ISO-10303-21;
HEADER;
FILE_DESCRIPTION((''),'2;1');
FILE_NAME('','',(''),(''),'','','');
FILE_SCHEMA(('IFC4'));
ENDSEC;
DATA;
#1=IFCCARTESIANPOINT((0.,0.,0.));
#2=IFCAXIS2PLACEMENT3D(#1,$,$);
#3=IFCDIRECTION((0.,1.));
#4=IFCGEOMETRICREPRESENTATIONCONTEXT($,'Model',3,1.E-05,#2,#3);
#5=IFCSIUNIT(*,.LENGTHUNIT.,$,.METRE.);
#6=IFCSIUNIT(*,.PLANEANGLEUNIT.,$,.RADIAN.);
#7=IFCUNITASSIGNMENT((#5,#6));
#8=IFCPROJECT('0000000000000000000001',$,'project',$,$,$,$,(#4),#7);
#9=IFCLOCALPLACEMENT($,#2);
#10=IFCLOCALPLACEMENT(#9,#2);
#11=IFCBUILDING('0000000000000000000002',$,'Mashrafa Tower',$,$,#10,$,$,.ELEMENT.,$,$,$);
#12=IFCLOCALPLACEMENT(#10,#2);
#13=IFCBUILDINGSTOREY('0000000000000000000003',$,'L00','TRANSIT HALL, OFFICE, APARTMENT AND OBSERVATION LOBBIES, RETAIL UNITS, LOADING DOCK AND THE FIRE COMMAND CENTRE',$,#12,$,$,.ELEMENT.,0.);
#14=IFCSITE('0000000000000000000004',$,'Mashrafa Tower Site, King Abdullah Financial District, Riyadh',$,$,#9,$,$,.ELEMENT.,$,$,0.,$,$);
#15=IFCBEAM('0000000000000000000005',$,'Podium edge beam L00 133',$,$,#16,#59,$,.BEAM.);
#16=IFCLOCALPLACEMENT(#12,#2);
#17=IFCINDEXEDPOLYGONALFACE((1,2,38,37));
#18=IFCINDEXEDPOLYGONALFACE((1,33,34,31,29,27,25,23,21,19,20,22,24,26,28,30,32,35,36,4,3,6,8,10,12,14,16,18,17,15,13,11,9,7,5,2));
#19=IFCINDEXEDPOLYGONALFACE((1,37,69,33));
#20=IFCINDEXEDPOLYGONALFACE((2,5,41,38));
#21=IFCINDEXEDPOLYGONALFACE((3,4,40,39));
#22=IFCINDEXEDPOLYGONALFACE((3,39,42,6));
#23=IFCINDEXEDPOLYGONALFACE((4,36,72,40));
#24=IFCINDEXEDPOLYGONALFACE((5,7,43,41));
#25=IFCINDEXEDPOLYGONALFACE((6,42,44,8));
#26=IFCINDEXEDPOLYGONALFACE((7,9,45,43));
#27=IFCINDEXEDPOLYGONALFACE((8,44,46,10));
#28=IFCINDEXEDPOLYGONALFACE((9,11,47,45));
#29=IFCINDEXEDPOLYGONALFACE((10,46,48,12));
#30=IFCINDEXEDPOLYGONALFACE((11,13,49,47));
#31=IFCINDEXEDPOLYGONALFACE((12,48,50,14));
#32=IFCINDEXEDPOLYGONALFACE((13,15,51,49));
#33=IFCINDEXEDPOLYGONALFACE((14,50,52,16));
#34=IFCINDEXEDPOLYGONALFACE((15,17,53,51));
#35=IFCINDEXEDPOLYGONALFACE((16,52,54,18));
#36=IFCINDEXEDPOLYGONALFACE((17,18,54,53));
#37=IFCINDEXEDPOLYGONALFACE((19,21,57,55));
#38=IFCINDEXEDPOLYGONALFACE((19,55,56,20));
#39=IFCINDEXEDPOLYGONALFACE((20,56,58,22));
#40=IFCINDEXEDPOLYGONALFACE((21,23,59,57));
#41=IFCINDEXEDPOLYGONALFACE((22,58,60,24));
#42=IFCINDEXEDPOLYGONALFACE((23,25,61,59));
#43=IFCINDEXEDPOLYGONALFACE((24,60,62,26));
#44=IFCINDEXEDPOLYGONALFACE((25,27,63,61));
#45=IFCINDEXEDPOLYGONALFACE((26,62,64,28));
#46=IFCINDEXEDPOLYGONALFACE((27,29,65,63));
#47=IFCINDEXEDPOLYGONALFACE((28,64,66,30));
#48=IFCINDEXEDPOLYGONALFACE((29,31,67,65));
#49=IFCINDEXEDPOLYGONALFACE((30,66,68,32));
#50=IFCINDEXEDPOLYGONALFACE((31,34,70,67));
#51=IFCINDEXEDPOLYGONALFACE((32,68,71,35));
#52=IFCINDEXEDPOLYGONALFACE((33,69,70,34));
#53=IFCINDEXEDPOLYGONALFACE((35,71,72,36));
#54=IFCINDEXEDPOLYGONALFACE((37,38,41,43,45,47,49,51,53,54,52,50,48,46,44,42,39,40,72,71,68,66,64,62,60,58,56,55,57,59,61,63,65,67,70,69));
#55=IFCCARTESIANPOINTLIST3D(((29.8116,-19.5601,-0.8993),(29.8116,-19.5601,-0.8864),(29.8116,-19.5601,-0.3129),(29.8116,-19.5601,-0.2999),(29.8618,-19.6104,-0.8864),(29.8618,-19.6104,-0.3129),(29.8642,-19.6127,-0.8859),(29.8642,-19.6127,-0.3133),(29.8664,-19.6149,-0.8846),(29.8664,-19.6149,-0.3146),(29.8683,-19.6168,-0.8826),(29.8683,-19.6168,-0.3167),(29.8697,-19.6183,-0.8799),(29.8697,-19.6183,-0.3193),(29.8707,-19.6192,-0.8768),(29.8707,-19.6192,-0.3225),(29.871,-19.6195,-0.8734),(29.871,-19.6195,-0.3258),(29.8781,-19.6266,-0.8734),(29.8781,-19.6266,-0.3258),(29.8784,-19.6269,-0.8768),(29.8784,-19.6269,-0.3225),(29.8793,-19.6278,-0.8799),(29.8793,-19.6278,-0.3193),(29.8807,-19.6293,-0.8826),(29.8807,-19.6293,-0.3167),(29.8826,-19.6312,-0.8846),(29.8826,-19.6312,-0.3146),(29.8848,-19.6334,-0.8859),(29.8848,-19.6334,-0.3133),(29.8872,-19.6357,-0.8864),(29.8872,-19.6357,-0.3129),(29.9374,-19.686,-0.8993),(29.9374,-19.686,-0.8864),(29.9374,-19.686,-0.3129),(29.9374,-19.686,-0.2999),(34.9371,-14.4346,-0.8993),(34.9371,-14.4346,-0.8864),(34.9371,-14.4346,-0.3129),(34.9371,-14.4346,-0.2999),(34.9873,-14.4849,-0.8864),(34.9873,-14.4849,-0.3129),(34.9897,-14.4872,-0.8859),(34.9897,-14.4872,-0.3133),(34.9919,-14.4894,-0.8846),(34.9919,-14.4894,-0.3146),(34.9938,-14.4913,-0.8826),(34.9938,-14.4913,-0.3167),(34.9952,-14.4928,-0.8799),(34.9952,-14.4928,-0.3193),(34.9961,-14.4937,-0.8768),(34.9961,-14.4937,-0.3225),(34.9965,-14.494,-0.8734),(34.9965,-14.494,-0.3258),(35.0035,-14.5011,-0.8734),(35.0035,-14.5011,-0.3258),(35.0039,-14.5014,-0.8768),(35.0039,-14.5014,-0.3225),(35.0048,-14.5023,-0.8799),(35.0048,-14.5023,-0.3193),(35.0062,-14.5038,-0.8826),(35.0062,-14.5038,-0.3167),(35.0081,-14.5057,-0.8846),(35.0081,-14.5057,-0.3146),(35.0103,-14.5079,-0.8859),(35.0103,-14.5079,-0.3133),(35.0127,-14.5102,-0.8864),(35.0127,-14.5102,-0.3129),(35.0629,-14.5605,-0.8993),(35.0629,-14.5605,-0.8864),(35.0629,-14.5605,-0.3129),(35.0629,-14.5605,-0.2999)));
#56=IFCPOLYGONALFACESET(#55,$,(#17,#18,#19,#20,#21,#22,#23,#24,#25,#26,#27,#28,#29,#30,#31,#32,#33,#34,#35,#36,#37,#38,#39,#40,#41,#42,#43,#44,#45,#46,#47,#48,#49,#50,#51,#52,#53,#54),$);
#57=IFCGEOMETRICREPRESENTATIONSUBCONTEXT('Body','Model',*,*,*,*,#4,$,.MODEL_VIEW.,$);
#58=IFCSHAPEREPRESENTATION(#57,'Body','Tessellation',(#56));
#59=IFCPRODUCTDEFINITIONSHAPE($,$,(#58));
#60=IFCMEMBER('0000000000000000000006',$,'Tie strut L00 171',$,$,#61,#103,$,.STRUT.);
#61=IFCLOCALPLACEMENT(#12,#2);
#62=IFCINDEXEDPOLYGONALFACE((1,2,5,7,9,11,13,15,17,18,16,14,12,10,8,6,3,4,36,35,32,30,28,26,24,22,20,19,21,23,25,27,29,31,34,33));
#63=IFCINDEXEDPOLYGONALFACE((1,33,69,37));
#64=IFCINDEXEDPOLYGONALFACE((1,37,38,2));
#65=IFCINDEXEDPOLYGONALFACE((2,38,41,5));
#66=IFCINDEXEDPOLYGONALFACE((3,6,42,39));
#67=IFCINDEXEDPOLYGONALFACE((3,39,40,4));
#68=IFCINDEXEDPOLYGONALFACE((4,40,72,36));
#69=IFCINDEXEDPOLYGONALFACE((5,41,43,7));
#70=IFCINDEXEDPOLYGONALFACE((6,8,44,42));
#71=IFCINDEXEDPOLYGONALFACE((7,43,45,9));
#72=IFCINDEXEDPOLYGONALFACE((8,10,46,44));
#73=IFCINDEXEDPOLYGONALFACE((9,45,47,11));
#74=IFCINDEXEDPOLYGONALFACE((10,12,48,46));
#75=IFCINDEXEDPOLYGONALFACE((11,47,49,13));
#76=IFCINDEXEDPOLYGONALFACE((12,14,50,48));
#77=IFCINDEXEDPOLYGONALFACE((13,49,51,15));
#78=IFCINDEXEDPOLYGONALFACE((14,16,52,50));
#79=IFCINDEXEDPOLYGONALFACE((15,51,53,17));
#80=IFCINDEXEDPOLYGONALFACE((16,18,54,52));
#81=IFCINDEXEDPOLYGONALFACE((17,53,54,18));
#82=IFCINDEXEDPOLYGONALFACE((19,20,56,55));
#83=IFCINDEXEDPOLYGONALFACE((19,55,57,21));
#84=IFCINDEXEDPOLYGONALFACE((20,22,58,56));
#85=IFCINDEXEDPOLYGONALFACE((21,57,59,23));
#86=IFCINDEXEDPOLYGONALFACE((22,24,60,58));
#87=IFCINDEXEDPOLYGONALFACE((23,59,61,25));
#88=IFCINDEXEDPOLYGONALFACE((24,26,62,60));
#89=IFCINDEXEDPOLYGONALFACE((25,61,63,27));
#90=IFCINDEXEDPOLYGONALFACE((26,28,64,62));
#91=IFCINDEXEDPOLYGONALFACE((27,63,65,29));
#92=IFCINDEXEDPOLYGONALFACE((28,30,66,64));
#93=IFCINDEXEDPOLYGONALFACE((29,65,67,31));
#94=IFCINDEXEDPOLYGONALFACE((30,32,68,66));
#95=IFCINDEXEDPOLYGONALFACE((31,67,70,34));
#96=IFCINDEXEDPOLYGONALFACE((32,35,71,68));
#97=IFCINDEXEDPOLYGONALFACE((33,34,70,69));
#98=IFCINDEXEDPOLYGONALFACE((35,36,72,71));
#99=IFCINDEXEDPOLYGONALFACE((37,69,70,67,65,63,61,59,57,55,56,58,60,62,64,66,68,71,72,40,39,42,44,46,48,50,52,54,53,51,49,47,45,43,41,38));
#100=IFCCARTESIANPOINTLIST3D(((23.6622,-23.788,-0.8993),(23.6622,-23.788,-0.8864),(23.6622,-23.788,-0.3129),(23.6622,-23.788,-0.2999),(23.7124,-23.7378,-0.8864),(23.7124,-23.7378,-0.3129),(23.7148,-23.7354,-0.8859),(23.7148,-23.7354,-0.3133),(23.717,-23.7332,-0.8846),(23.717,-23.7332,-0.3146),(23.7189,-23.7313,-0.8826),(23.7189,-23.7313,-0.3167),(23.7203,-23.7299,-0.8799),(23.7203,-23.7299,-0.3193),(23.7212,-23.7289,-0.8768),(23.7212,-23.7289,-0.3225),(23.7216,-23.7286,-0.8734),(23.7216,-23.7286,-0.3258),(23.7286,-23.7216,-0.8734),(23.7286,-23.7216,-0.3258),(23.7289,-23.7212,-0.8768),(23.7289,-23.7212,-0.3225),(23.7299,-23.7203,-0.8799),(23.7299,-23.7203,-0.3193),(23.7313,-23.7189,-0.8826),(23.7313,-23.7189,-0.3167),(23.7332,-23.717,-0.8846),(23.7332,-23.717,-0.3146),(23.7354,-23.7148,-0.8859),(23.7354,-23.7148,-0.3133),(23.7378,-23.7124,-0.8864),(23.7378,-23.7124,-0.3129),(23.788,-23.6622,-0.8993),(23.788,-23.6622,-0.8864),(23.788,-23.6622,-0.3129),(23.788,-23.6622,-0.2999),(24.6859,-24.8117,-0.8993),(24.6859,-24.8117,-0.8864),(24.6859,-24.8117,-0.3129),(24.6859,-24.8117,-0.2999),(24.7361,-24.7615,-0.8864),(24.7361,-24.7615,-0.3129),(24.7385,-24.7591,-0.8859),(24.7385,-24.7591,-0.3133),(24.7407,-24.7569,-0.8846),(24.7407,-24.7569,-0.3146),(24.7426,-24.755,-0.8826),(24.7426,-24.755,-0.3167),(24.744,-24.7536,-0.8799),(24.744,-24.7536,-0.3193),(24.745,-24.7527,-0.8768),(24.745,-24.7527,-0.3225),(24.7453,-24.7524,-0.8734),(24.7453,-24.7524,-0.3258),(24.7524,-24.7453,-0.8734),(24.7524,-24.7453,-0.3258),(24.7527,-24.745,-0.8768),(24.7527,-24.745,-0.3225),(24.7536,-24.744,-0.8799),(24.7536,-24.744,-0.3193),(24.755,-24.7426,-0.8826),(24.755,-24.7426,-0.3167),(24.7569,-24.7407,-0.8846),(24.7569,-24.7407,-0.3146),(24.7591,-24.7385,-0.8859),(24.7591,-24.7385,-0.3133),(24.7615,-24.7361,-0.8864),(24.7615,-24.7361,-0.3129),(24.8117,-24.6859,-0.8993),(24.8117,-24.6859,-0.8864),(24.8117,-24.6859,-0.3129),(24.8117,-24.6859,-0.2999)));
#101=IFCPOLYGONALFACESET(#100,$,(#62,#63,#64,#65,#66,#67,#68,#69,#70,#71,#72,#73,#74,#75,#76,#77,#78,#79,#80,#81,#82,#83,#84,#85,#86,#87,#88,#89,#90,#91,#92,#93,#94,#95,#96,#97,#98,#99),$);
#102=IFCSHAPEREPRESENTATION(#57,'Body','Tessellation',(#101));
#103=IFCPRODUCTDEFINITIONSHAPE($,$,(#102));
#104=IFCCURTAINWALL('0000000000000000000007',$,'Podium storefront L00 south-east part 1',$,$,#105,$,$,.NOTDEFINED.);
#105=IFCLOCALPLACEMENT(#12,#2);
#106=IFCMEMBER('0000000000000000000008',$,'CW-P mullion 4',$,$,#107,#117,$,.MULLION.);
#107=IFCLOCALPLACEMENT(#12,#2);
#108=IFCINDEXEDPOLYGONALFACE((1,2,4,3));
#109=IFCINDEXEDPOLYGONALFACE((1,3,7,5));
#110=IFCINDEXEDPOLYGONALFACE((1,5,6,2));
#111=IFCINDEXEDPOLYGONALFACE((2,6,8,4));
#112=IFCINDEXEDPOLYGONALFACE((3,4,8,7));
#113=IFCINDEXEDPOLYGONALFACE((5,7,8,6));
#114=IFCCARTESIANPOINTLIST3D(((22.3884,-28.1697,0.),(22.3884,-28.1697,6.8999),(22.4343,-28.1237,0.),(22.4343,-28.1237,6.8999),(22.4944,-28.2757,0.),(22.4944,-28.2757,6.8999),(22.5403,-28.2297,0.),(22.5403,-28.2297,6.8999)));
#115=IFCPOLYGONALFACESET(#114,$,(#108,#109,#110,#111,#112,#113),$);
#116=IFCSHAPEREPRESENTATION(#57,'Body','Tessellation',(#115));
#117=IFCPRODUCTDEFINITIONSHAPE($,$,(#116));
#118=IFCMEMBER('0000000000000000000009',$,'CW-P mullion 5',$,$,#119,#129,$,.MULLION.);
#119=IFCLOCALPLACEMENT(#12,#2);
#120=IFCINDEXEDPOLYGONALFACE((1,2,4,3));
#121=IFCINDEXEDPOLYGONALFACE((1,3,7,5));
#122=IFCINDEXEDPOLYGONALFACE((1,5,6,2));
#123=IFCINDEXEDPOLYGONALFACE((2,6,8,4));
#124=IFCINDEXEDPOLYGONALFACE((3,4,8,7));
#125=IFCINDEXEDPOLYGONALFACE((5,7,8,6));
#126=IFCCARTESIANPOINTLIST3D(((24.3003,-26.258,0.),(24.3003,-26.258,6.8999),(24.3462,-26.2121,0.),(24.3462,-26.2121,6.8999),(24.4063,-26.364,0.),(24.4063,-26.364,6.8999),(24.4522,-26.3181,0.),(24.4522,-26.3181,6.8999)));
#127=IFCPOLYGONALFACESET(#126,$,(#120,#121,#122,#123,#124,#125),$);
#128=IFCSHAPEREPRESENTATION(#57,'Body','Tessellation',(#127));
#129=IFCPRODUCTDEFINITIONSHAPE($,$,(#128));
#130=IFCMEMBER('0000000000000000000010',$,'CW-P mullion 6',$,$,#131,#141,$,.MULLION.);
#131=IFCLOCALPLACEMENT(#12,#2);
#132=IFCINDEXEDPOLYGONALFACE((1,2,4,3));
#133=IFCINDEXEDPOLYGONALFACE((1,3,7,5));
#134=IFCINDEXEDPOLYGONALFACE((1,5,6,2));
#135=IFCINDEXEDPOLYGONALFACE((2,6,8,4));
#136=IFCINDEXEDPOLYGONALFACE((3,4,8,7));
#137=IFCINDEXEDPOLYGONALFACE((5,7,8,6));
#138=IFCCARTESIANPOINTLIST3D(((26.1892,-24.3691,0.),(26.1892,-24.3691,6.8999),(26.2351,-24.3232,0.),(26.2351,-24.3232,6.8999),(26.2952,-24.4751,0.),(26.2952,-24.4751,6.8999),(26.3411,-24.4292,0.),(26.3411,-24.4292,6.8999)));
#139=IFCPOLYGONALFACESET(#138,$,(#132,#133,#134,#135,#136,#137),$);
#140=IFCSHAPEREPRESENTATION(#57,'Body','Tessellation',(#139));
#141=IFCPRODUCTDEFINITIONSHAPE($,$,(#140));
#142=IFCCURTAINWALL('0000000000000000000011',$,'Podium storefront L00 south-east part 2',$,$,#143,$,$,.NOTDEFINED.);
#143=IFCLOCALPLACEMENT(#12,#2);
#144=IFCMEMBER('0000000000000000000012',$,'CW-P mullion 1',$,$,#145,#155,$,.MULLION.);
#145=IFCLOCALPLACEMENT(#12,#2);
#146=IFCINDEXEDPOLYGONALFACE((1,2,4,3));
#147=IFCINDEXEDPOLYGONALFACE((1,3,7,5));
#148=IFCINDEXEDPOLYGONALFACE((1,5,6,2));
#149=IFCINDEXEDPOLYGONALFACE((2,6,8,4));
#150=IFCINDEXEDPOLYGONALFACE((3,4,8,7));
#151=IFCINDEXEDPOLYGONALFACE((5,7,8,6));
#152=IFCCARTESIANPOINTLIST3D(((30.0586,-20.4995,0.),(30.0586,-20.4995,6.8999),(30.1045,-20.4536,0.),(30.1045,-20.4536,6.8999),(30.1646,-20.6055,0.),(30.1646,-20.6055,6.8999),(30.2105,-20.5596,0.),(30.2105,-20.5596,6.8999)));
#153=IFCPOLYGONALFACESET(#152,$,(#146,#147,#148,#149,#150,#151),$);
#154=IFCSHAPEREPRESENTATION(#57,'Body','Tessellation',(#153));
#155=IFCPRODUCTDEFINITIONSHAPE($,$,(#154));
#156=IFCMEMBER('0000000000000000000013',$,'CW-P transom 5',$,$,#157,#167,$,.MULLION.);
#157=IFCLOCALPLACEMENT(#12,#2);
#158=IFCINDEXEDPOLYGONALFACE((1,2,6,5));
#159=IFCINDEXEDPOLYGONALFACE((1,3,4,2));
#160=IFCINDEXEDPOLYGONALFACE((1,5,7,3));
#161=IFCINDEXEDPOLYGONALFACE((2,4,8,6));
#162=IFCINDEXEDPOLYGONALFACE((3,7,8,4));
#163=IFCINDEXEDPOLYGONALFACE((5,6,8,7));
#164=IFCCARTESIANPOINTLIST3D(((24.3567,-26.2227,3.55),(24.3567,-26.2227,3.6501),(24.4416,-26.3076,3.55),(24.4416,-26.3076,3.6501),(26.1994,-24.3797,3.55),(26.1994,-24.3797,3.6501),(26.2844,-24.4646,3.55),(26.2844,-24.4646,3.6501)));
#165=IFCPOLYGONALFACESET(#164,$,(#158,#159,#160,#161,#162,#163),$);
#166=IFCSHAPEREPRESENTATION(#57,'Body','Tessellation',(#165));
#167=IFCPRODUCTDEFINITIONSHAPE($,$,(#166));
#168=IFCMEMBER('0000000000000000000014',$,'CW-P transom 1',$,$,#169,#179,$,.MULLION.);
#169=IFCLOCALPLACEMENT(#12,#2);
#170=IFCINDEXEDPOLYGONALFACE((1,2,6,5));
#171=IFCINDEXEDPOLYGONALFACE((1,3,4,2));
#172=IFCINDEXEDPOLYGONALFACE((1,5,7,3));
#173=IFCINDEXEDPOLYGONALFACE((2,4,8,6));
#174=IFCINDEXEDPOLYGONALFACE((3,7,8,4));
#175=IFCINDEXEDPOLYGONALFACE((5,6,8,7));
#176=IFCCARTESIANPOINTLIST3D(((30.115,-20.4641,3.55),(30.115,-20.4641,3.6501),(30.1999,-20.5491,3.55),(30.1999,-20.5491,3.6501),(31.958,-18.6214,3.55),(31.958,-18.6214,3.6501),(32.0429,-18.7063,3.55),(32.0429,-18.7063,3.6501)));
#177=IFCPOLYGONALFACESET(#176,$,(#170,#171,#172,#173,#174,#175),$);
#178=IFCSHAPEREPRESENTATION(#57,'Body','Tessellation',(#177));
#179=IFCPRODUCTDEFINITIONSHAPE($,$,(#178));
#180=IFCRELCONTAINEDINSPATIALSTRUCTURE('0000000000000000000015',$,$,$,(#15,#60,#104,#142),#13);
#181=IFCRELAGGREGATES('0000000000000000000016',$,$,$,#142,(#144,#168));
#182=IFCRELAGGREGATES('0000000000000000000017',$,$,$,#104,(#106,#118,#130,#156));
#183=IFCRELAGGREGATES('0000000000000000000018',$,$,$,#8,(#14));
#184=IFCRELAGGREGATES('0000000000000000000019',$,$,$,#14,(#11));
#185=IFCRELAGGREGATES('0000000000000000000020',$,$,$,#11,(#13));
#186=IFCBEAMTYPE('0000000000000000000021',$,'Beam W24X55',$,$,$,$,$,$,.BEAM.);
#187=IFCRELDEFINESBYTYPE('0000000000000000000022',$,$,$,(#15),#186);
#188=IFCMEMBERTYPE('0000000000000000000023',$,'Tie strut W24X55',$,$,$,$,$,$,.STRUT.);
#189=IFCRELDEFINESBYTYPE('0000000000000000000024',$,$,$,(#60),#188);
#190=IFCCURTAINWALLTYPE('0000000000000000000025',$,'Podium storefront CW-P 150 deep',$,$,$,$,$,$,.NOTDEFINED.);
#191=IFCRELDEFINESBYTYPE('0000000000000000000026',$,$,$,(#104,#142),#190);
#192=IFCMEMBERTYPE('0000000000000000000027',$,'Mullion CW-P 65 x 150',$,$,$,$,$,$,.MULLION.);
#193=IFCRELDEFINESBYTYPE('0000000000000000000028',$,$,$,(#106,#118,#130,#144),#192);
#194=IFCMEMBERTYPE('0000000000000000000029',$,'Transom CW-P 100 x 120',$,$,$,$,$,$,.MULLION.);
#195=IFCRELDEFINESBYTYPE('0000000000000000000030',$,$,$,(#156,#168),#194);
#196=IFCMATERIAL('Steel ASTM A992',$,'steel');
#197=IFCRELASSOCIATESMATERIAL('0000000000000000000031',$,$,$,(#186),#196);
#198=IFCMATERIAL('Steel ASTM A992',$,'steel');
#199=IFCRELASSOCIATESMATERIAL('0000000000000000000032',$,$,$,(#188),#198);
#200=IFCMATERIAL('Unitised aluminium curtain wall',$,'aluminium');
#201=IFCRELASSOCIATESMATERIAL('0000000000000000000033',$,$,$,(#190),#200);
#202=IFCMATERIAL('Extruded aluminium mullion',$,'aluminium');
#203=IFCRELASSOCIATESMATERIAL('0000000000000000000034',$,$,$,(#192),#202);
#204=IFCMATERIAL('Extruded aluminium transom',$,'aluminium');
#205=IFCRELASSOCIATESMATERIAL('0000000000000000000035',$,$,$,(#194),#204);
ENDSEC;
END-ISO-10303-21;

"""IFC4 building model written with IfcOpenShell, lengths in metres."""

from ifc_helpers import new_model, si_unit, direction, frame, origin, origin_2d, place, context, subcontext, project, spatial, rectangle, i_section, extrude, source, transform, mapped, material, material_profile, profile_set, type_object, type_shapes, element, aggregate, save


model = new_model("IFC4")

# Units and contexts
model_context = context("Model", 3, precision=1e-05, world=origin(), true_north=direction((0.0, 1.0)))
body_context = subcontext(model_context, "Body", "Model", "MODEL_VIEW")
ifc_project = project(units=[si_unit("LENGTHUNIT", "METRE"), si_unit("PLANEANGLEUNIT", "RADIAN")], contexts=[model_context])

# Site, building, storey
site_placement = place(None, origin())
site = spatial("IfcSite", under=ifc_project, at=site_placement, Name="Mashrafa Tower Site, King Abdullah Financial District, Riyadh", CompositionType="ELEMENT", RefElevation=0.0)
building_placement = place(site_placement, origin())
building = spatial("IfcBuilding", under=site, at=building_placement, Name="Mashrafa Tower", CompositionType="ELEMENT")
storey_placement = place(building_placement, origin())
storey = spatial("IfcBuildingStorey", under=building, at=storey_placement, Name="L00", Description="TRANSIT HALL, OFFICE, APARTMENT AND OBSERVATION LOBBIES, RETAIL UNITS, LOADING DOCK AND THE FIRE COMMAND CENTRE", CompositionType="ELEMENT", Elevation=0.0)

# Beam
ifc_material_1 = material(Name="Steel ASTM A992", Category="steel")
ifc_material_profile_1 = material_profile(ifc_material_1, i_section(OverallWidth=0.178, OverallDepth=0.5994, WebThickness=0.01, FlangeThickness=0.0129, FilletRadius=0.0129, at=origin_2d()), Name="W24X55")
ifc_profile_set_1 = profile_set([ifc_material_profile_1], Name="Steel ASTM A992")
beam_type_1 = type_object("IfcBeamType", Name="Beam W24X55", PredefinedType="BEAM", material=ifc_profile_set_1)
beam_1_placement = place(storey_placement, frame((29.8745, -19.623, -0.5996), z_axis=(0.707107, 0.707107, 0.0), x_axis=(-0.707107, 0.707107, 0.0)))
element("IfcBeam", 1, at=beam_1_placement, inside=storey, type_object=beam_type_1, Name="Podium edge beam L00 133", PredefinedType="BEAM", context=body_context, shape_type="SweptSolid", body=[
    extrude(i_section(OverallWidth=0.178, OverallDepth=0.5994, WebThickness=0.01, FlangeThickness=0.0129, FilletRadius=0.0129, at=origin_2d()), origin(), (0.0, 0.0, 1.0), 7.2485),
])

# Member
ifc_material_2 = material(Name="Steel ASTM A992", Category="steel")
ifc_material_profile_2 = material_profile(ifc_material_2, i_section(OverallWidth=0.178, OverallDepth=0.5994, WebThickness=0.01, FlangeThickness=0.0129, FilletRadius=0.0129, at=origin_2d()), Name="W24X55")
ifc_profile_set_2 = profile_set([ifc_material_profile_2], Name="Steel ASTM A992")
member_type_1 = type_object("IfcMemberType", Name="Tie strut W24X55", PredefinedType="STRUT", material=ifc_profile_set_2)
shared_shape_1 = source(origin(), body_context, "Body", "SweptSolid", [
    extrude(i_section(OverallWidth=0.178, OverallDepth=0.5994, WebThickness=0.01, FlangeThickness=0.0129, FilletRadius=0.0129, at=origin_2d()), origin(), (0.0, 0.0, 1.0), 1.4478),
])
type_shapes(member_type_1, [shared_shape_1])
member_1_placement = place(storey_placement, frame((23.7251, -23.7251, -0.5996), z_axis=(0.707107, -0.707107, 0.0), x_axis=(0.707107, 0.707107, 0.0)))
element("IfcMember", 2, at=member_1_placement, inside=storey, type_object=member_type_1, Name="Tie strut L00 171", PredefinedType="STRUT", context=body_context, shape_type="MappedRepresentation", body=[
    mapped(shared_shape_1, transform((0.0, 0.0, 0.0))),
])

# Curtain wall, members
ifc_material_3 = material(Name="Unitised aluminium curtain wall", Category="aluminium")
curtain_wall_type = type_object("IfcCurtainWallType", Name="Podium storefront CW-P 150 deep", PredefinedType="NOTDEFINED", material=ifc_material_3)
curtain_wall_1_placement = place(storey_placement, origin())
curtain_wall_1 = element("IfcCurtainWall", 3, at=curtain_wall_1_placement, inside=storey, type_object=curtain_wall_type, Name="Podium storefront L00 south-east part 1", PredefinedType="NOTDEFINED")
ifc_material_4 = material(Name="Extruded aluminium mullion", Category="aluminium")
ifc_material_profile_3 = material_profile(ifc_material_4, rectangle(XDim=0.1499, YDim=0.0649, at=origin_2d()), Name="Mullion 65x150")
ifc_profile_set_3 = profile_set([ifc_material_profile_3], Name="Extruded aluminium mullion")
member_type_2 = type_object("IfcMemberType", Name="Mullion CW-P 65 x 150", PredefinedType="MULLION", material=ifc_profile_set_3)
shared_shape_2 = source(origin(), body_context, "Body", "SweptSolid", [
    extrude(rectangle(XDim=0.1499, YDim=0.0649, at=origin_2d()), origin(), (0.0, 0.0, 1.0), 6.8999),
])
type_shapes(member_type_2, [shared_shape_2])
member_2_placement = place(storey_placement, frame((22.4644, -28.1997, 0.0), z_axis=(0.0, 0.0, 1.0), x_axis=(-0.707107, 0.707107, 0.0)))
member_2 = element("IfcMember", 4, at=member_2_placement, type_object=member_type_2, Name="CW-P mullion 4", PredefinedType="MULLION", context=body_context, shape_type="MappedRepresentation", body=[
    mapped(shared_shape_2, transform((0.0, 0.0, 0.0))),
])
member_3_placement = place(storey_placement, frame((24.3762, -26.2881, 0.0), z_axis=(0.0, 0.0, 1.0), x_axis=(-0.707107, 0.707107, 0.0)))
member_3 = element("IfcMember", 5, at=member_3_placement, type_object=member_type_2, Name="CW-P mullion 5", PredefinedType="MULLION", context=body_context, shape_type="MappedRepresentation", body=[
    mapped(shared_shape_2, transform((0.0, 0.0, 0.0))),
])
member_4_placement = place(storey_placement, frame((26.2651, -24.3992, 0.0), z_axis=(0.0, 0.0, 1.0), x_axis=(-0.707107, 0.707107, 0.0)))
member_4 = element("IfcMember", 6, at=member_4_placement, type_object=member_type_2, Name="CW-P mullion 6", PredefinedType="MULLION", context=body_context, shape_type="MappedRepresentation", body=[
    mapped(shared_shape_2, transform((0.0, 0.0, 0.0))),
])

# Curtain wall, member
curtain_wall_2_placement = place(storey_placement, origin())
curtain_wall_2 = element("IfcCurtainWall", 7, at=curtain_wall_2_placement, inside=storey, type_object=curtain_wall_type, Name="Podium storefront L00 south-east part 2", PredefinedType="NOTDEFINED")
member_5_placement = place(storey_placement, frame((30.1345, -20.5295, 0.0), z_axis=(0.0, 0.0, 1.0), x_axis=(-0.707107, 0.707107, 0.0)))
member_5 = element("IfcMember", 8, at=member_5_placement, type_object=member_type_2, Name="CW-P mullion 1", PredefinedType="MULLION", context=body_context, shape_type="MappedRepresentation", body=[
    mapped(shared_shape_2, transform((0.0, 0.0, 0.0))),
])

# Members
ifc_material_5 = material(Name="Extruded aluminium transom", Category="aluminium")
ifc_material_profile_4 = material_profile(ifc_material_5, rectangle(XDim=0.1201, YDim=0.1001, at=origin_2d()), Name="Transom 100x120")
ifc_profile_set_4 = profile_set([ifc_material_profile_4], Name="Extruded aluminium transom")
member_type_3 = type_object("IfcMemberType", Name="Transom CW-P 100 x 120", PredefinedType="MULLION", material=ifc_profile_set_4)
shared_shape_3 = source(origin(), body_context, "Body", "SweptSolid", [
    extrude(rectangle(XDim=0.1201, YDim=0.1001, at=origin_2d()), origin(), (0.0, 0.0, 1.0), 2.6062),
])
member_6_placement = place(storey_placement, frame((24.3992, -26.2651, 3.6001), z_axis=(0.70706, 0.707154, 0.0), x_axis=(-0.707154, 0.70706, 0.0)))
member_6 = element("IfcMember", 9, at=member_6_placement, type_object=member_type_3, Name="CW-P transom 5", PredefinedType="MULLION", context=body_context, shape_type="MappedRepresentation", body=[
    mapped(shared_shape_3, transform((0.0, 0.0, 0.0))),
])
member_7_placement = place(storey_placement, frame((30.1575, -20.5066, 3.6001), z_axis=(0.707154, 0.70706, 0.0), x_axis=(-0.70706, 0.707154, 0.0)))
member_7 = element("IfcMember", 10, at=member_7_placement, type_object=member_type_3, Name="CW-P transom 1", PredefinedType="MULLION", context=body_context, shape_type="MappedRepresentation", body=[
    mapped(shared_shape_3, transform((0.0, 0.0, 0.0))),
])

aggregate(curtain_wall_2, [member_5, member_7])
aggregate(curtain_wall_1, [member_2, member_3, member_4, member_6])

save(model, "model.ifc")
